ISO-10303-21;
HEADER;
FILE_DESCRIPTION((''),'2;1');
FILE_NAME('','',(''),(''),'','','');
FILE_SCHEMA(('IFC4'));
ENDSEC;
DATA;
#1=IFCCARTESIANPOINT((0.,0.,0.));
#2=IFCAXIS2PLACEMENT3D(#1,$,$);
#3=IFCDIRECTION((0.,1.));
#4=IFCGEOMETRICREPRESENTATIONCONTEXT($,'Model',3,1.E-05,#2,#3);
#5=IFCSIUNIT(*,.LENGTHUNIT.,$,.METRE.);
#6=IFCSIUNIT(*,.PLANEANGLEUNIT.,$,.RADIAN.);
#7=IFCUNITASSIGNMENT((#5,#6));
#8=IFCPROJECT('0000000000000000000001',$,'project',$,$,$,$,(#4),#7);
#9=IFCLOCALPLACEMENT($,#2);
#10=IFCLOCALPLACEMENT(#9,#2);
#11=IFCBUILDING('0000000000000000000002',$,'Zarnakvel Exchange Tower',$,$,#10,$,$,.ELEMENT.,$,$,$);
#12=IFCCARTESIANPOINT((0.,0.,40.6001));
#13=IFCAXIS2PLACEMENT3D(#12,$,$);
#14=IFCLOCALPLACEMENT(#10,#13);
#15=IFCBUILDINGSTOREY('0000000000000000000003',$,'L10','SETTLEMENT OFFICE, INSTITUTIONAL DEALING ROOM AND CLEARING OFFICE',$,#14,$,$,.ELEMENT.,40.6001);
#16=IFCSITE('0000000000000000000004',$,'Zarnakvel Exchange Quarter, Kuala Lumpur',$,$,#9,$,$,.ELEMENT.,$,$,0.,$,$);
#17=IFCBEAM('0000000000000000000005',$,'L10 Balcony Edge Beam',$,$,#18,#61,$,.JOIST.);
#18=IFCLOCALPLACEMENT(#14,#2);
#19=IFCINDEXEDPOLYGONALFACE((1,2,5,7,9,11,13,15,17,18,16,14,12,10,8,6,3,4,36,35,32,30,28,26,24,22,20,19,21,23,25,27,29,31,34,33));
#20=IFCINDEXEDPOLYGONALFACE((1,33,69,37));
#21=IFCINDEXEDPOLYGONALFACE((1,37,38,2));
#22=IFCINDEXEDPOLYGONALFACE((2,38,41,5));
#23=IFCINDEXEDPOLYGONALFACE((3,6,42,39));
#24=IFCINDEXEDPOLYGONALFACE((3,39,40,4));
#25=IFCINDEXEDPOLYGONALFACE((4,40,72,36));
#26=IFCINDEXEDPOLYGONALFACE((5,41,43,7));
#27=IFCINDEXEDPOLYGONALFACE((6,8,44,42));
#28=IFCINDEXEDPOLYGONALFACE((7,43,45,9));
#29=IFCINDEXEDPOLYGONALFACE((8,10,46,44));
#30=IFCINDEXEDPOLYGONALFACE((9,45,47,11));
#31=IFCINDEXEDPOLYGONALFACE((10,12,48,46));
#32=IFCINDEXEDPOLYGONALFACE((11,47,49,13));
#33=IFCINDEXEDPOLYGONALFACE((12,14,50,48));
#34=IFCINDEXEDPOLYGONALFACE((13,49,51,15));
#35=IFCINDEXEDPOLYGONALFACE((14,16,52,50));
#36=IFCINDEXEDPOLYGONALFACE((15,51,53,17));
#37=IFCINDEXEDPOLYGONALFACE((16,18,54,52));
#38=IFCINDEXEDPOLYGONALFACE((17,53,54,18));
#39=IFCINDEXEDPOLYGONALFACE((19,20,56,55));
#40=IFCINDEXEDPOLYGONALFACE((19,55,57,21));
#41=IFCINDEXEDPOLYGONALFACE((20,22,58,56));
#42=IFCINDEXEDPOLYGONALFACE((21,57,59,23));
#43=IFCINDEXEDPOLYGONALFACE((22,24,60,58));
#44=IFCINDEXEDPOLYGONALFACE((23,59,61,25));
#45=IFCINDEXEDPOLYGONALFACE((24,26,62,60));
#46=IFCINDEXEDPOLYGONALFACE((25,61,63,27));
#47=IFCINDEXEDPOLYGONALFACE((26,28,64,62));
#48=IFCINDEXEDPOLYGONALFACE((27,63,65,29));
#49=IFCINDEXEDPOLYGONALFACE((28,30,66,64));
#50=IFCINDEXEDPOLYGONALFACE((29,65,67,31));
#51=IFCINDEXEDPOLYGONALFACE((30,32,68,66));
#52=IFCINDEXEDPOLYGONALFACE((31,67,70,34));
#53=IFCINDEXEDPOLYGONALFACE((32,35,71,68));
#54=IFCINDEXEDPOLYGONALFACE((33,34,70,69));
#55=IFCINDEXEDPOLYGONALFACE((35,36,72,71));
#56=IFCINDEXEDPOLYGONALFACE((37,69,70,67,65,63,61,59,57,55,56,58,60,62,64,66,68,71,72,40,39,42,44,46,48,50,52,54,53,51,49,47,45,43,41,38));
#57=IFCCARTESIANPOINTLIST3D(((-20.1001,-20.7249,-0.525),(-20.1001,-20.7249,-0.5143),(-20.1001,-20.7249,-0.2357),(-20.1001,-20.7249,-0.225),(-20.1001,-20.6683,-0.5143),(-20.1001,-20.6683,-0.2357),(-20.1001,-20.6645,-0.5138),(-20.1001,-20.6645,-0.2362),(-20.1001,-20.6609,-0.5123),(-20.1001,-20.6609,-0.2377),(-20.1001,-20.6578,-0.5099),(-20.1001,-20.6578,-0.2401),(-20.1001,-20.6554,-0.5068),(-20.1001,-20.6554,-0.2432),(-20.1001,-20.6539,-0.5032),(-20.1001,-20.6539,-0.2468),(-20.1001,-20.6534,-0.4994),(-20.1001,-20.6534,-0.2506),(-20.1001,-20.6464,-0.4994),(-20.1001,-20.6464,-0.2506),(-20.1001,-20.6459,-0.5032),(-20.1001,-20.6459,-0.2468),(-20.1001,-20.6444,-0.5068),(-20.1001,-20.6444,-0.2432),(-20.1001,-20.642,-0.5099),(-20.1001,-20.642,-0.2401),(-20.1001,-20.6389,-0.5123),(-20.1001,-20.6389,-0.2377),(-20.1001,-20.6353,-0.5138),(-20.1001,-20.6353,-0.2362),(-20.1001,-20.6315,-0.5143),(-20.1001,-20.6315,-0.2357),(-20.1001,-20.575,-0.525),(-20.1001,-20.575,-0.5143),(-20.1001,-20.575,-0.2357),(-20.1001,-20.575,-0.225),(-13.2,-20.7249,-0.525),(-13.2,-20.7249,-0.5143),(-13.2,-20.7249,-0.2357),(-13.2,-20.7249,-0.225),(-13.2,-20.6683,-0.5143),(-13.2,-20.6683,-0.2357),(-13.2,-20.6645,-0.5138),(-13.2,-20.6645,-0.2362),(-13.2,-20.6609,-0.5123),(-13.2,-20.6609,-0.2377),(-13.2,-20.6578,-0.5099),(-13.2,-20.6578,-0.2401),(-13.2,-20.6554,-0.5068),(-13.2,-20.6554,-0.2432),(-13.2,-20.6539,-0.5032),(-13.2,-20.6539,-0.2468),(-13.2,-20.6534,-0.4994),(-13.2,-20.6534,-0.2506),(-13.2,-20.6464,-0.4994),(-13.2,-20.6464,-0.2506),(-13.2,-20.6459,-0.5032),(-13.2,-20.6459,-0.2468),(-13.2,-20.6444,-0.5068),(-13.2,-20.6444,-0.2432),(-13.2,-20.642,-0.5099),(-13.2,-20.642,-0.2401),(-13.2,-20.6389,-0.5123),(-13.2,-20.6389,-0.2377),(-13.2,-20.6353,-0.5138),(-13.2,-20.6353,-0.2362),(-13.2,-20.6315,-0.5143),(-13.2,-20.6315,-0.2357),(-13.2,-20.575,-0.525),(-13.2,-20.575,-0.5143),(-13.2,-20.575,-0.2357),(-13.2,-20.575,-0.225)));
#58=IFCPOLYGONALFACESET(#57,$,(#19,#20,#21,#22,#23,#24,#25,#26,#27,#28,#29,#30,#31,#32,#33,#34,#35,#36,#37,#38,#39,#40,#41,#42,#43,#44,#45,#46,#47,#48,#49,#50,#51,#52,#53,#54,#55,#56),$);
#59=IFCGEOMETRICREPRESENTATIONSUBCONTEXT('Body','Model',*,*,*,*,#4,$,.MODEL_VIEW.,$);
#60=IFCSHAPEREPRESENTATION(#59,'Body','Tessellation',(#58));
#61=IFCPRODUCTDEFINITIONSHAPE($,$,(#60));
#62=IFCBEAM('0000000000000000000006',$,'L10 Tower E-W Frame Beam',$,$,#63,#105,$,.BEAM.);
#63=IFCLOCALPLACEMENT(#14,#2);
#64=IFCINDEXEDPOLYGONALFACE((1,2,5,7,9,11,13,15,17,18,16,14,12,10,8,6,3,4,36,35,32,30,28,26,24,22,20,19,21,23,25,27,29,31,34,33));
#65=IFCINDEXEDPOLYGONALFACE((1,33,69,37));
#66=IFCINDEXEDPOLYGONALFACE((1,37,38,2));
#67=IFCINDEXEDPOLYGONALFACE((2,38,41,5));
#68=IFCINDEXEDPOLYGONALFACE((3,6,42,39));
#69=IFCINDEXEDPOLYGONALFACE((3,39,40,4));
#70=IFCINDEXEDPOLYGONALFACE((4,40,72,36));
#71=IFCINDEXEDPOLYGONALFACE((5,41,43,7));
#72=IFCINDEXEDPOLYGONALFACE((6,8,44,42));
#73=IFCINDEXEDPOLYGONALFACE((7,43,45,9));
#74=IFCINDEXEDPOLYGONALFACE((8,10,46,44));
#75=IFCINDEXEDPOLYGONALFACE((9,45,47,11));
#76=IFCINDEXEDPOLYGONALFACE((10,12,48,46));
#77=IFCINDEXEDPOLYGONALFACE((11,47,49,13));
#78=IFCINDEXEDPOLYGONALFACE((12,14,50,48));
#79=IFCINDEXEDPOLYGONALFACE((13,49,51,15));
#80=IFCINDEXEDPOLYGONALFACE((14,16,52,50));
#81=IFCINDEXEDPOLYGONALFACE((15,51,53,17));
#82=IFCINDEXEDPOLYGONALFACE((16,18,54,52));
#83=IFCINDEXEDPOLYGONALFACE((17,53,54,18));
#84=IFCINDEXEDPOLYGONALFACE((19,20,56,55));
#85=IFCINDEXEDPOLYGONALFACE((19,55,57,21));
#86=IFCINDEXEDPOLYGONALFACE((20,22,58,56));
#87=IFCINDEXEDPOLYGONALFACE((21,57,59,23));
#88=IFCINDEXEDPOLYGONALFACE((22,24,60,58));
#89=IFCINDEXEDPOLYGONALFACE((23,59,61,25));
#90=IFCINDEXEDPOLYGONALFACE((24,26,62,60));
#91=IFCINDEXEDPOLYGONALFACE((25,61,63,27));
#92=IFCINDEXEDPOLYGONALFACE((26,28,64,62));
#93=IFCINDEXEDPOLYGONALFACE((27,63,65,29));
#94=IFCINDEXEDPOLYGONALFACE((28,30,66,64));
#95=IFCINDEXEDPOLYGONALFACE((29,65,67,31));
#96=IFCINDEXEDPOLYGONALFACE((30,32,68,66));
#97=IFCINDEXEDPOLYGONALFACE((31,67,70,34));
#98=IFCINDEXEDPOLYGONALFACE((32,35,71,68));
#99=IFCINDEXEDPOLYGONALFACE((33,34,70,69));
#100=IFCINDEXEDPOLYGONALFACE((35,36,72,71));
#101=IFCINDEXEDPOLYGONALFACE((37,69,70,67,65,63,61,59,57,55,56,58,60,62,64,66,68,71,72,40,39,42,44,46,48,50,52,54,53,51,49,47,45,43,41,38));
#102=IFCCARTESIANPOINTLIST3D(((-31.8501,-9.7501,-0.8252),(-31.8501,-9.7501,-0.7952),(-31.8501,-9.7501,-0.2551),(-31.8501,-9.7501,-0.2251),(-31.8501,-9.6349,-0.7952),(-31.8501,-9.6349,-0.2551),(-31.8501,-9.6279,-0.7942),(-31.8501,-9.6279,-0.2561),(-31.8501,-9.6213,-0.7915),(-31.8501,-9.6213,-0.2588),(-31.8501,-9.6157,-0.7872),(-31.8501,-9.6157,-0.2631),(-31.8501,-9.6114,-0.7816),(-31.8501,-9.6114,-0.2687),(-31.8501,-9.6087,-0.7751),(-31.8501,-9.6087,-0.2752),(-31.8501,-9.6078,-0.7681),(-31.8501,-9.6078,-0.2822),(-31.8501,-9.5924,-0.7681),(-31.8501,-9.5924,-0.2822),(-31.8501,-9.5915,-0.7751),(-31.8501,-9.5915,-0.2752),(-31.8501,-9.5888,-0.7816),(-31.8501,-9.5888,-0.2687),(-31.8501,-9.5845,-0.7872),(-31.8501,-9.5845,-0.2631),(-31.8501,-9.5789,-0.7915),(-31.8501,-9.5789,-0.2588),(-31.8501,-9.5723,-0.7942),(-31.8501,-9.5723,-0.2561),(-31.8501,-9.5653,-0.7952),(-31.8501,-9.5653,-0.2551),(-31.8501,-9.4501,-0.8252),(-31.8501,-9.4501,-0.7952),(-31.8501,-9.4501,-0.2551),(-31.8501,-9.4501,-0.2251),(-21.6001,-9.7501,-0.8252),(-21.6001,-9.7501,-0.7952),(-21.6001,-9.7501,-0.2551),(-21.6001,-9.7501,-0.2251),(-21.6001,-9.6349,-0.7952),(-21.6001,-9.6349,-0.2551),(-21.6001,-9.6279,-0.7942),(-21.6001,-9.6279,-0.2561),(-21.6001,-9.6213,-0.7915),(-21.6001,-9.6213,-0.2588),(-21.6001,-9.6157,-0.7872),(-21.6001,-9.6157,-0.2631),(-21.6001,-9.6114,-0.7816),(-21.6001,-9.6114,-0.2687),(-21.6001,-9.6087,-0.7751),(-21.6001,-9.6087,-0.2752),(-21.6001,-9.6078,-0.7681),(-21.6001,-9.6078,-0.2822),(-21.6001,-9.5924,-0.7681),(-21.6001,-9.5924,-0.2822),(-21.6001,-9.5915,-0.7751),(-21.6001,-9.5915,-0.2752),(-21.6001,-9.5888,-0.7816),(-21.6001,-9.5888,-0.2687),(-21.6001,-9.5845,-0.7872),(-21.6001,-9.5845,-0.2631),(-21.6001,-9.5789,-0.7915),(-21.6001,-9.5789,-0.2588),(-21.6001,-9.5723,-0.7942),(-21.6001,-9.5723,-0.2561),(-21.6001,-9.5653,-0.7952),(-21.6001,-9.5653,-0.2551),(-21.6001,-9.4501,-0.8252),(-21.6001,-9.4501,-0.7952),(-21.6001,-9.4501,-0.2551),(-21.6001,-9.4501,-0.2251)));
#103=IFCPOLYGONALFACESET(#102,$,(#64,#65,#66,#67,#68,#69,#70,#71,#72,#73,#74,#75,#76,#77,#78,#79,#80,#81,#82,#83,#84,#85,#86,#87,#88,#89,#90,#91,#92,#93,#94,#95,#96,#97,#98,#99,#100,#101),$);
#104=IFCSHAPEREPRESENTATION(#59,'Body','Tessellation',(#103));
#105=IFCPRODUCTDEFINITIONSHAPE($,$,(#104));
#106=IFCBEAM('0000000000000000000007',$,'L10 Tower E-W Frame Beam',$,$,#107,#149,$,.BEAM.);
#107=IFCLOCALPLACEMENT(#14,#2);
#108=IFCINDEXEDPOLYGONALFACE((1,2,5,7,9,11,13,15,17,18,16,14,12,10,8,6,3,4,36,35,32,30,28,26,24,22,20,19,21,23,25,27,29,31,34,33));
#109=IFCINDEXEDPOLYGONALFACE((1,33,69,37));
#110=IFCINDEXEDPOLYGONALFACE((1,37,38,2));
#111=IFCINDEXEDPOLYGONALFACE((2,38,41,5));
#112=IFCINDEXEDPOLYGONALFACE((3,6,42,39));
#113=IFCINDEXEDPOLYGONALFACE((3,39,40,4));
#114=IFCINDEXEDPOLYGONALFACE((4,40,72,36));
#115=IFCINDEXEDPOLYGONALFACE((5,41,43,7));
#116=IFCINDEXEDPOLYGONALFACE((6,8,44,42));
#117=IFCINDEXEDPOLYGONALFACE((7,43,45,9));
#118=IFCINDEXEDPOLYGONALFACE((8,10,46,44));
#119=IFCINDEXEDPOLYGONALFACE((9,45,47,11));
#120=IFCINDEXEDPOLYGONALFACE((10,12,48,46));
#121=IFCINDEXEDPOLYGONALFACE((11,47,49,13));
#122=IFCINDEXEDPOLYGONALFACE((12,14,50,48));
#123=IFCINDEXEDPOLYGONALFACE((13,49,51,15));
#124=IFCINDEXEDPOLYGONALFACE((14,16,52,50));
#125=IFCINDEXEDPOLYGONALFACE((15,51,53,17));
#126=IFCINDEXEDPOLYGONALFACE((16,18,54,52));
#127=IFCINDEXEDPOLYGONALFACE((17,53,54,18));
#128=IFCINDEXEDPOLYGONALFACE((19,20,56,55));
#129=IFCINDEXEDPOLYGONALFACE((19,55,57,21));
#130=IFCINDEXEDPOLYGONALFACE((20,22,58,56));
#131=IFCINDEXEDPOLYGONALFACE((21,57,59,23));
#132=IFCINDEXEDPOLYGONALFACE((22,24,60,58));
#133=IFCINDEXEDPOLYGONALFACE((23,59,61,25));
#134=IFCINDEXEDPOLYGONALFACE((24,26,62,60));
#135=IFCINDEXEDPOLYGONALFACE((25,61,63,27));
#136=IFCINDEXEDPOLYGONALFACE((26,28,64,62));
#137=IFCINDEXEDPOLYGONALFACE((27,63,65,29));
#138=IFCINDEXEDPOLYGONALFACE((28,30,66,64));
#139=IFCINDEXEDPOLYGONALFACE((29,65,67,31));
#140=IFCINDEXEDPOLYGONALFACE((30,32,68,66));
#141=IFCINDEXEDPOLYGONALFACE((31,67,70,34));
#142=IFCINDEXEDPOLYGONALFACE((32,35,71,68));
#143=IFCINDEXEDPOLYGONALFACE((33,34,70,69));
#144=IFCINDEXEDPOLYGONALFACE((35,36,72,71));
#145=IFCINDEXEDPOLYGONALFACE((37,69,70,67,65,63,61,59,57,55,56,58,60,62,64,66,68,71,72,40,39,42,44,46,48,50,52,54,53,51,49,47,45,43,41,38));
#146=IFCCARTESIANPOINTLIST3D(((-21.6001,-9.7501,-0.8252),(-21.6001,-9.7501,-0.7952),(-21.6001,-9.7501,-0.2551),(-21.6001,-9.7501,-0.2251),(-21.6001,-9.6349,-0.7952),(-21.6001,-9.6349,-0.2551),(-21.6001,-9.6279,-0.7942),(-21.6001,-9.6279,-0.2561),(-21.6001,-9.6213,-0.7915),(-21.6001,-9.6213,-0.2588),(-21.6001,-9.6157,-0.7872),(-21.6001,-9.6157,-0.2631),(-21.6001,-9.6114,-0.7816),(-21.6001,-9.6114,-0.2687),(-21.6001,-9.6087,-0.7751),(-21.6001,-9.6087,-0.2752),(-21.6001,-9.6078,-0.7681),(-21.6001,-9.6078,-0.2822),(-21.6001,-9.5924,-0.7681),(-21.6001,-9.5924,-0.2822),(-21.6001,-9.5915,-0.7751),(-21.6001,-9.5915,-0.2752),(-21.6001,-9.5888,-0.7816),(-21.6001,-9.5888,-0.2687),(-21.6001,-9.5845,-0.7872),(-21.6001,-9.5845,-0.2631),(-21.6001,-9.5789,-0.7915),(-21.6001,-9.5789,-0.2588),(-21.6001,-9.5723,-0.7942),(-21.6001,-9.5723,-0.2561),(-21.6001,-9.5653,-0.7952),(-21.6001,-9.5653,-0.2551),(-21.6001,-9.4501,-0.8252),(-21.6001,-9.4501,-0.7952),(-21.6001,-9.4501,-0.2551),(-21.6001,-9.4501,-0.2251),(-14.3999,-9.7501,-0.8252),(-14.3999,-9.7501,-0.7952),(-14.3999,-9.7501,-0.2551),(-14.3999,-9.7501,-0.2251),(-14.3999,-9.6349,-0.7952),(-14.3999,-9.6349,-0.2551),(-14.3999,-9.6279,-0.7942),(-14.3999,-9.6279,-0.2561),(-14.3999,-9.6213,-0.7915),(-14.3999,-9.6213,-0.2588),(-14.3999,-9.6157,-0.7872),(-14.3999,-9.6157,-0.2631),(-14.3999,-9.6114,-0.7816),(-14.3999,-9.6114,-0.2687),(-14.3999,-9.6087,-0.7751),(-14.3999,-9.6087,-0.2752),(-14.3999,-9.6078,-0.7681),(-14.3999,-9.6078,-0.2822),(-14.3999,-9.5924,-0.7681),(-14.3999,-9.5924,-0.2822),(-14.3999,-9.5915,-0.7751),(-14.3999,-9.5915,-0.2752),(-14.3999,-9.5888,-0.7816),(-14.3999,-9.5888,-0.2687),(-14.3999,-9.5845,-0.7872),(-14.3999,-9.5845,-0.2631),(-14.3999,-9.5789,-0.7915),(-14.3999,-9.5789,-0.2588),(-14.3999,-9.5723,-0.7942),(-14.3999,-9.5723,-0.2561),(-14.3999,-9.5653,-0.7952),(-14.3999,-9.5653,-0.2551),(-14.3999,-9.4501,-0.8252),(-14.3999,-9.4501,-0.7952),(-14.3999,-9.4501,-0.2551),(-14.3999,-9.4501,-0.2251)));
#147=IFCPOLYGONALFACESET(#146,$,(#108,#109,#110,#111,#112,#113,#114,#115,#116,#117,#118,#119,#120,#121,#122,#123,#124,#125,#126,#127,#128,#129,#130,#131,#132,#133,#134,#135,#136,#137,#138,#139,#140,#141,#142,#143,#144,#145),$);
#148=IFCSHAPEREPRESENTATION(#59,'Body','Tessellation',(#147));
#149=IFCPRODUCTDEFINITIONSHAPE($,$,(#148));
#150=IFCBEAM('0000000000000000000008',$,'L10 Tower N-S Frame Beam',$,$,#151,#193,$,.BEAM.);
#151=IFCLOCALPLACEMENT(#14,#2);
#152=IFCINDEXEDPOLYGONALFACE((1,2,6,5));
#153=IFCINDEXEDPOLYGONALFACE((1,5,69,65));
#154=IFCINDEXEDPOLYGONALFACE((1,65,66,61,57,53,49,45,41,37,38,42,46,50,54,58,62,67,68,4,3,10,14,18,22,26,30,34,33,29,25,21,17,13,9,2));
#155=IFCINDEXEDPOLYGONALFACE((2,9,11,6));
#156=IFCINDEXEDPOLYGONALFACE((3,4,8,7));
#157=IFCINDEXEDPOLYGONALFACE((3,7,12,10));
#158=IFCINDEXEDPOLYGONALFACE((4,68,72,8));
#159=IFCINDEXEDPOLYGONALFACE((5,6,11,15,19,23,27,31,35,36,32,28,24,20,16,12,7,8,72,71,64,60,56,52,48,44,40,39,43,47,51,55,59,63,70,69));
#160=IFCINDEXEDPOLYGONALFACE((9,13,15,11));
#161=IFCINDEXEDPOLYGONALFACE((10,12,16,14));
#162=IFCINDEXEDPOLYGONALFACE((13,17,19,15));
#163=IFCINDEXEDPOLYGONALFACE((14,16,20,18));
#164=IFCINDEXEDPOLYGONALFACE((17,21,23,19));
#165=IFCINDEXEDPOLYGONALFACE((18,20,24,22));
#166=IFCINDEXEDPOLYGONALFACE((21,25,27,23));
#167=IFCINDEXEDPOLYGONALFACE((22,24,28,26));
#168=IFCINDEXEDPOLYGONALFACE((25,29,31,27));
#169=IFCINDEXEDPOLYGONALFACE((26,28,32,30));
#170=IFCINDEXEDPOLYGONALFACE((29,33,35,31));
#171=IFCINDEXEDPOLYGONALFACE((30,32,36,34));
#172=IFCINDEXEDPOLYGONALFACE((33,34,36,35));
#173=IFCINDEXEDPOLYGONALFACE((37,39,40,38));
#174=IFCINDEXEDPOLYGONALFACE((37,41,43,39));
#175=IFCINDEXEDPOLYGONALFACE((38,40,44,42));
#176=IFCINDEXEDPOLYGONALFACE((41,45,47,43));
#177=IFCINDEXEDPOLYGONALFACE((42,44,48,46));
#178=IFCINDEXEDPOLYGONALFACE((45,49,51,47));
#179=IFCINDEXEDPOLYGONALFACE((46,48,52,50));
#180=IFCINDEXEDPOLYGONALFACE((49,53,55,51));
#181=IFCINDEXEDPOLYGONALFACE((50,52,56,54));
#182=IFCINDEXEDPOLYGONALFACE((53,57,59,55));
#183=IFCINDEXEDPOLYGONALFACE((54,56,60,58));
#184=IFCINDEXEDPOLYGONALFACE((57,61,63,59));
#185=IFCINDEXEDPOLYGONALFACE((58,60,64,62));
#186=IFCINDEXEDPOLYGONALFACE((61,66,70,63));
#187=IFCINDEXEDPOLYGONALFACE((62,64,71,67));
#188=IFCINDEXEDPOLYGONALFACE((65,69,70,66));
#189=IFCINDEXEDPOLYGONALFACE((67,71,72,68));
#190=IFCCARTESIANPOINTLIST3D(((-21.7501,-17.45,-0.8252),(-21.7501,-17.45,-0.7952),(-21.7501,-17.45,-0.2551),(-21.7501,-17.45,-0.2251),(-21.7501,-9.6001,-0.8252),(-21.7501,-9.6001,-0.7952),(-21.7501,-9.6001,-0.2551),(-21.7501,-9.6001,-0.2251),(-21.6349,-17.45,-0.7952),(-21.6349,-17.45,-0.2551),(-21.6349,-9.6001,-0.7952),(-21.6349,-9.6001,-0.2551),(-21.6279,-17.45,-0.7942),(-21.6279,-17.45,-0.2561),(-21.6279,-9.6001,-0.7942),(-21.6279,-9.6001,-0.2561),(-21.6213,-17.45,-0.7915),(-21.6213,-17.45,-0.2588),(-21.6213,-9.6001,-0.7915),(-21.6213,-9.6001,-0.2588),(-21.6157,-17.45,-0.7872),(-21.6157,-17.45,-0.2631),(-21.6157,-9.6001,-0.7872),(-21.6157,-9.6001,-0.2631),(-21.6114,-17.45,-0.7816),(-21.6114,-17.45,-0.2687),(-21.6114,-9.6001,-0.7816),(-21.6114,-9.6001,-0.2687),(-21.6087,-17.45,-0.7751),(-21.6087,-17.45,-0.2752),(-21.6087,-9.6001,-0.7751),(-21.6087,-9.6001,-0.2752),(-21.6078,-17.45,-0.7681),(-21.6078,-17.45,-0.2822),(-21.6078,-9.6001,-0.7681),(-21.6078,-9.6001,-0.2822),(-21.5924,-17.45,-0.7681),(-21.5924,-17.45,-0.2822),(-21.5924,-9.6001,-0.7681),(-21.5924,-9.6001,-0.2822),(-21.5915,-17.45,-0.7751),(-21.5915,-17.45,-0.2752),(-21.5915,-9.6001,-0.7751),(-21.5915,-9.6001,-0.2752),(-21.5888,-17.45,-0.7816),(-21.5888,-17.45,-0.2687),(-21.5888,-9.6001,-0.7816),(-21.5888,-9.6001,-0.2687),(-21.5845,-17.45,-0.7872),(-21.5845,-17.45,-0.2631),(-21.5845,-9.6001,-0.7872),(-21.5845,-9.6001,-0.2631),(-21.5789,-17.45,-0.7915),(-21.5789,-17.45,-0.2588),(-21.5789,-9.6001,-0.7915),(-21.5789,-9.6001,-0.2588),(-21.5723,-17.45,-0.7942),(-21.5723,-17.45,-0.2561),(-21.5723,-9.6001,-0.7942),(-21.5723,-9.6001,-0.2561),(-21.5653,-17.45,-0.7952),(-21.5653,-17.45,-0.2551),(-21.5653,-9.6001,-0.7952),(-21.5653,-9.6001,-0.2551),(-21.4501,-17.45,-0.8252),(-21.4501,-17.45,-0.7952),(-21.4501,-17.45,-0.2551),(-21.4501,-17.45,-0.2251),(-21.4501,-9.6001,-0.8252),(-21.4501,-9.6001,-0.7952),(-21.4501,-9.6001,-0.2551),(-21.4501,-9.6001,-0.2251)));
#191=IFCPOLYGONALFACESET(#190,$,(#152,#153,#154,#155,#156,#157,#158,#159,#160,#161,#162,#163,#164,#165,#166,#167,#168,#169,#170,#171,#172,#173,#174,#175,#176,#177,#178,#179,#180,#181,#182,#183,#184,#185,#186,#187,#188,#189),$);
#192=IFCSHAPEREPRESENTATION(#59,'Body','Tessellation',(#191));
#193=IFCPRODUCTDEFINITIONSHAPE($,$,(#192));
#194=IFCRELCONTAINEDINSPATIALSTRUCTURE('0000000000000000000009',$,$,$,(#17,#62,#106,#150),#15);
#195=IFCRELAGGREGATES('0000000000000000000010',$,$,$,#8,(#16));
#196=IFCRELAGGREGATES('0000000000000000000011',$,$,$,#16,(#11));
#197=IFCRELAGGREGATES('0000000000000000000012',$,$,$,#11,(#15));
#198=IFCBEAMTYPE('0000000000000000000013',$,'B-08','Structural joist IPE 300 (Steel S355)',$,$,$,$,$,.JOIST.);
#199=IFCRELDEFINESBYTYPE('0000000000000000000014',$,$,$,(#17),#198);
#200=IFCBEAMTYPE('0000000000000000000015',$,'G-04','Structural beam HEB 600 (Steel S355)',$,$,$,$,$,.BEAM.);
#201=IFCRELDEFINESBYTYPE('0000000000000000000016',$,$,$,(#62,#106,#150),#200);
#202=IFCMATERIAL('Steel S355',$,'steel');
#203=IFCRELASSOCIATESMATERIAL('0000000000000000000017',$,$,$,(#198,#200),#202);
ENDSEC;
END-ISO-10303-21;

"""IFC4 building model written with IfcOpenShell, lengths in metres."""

from ifc_helpers import new_model, si_unit, direction, frame, origin, origin_2d, place, context, subcontext, project, spatial, i_section, extrude, material, material_profile, profile_set, type_object, element, save


model = new_model("IFC4")

# Units and contexts
model_context = context("Model", 3, precision=1e-05, world=origin(), true_north=direction((0.0, 1.0)))
body_context = subcontext(model_context, "Body", "Model", "MODEL_VIEW")
ifc_project = project(units=[si_unit("LENGTHUNIT", "METRE"), si_unit("PLANEANGLEUNIT", "RADIAN")], contexts=[model_context])

# Site, building, storey
site_placement = place(None, origin())
site = spatial("IfcSite", under=ifc_project, at=site_placement, Name="Zarnakvel Exchange Quarter, Kuala Lumpur", CompositionType="ELEMENT", RefElevation=0.0)
building_placement = place(site_placement, origin())
building = spatial("IfcBuilding", under=site, at=building_placement, Name="Zarnakvel Exchange Tower", CompositionType="ELEMENT")
storey_placement = place(building_placement, frame((0.0, 0.0, 40.6001)))
storey = spatial("IfcBuildingStorey", under=building, at=storey_placement, Name="L10", Description="SETTLEMENT OFFICE, INSTITUTIONAL DEALING ROOM AND CLEARING OFFICE", CompositionType="ELEMENT", Elevation=40.6001)

# Shared definitions
ifc_material_1 = material(Name="Steel S355", Category="steel")

# Beams
ifc_material_profile_1 = material_profile(ifc_material_1, i_section(OverallWidth=0.1499, OverallDepth=0.3, WebThickness=0.0071, FlangeThickness=0.0107, FilletRadius=0.0149, at=origin_2d()))
ifc_profile_set_1 = profile_set([ifc_material_profile_1], Name="Steel S355")
beam_type_1 = type_object("IfcBeamType", Name="B-08", Description="Structural joist IPE 300 (Steel S355)", PredefinedType="JOIST", material=ifc_profile_set_1)
beam_1_placement = place(storey_placement, frame((-20.1001, -20.6499, -0.375), z_axis=(1.0, 0.0, 0.0), x_axis=(0.0, 1.0, 0.0)))
element("IfcBeam", 1, at=beam_1_placement, inside=storey, type_object=beam_type_1, Name="L10 Balcony Edge Beam", PredefinedType="JOIST", context=body_context, shape_type="SweptSolid", body=[
    extrude(i_section(OverallWidth=0.1499, OverallDepth=0.3, WebThickness=0.0071, FlangeThickness=0.0107, FilletRadius=0.0149, at=origin_2d()), origin(), (0.0, 0.0, 1.0), 6.9001),
])
ifc_material_profile_2 = material_profile(ifc_material_1, i_section(OverallWidth=0.3, OverallDepth=0.6001, WebThickness=0.0154, FlangeThickness=0.03, FilletRadius=0.0271, at=origin_2d()))
ifc_profile_set_2 = profile_set([ifc_material_profile_2], Name="Steel S355")
beam_type_2 = type_object("IfcBeamType", Name="G-04", Description="Structural beam HEB 600 (Steel S355)", PredefinedType="BEAM", material=ifc_profile_set_2)
beam_2_placement = place(storey_placement, frame((-31.8501, -9.6001, -0.5251), z_axis=(1.0, 0.0, 0.0), x_axis=(0.0, 1.0, 0.0)))
element("IfcBeam", 2, at=beam_2_placement, inside=storey, type_object=beam_type_2, Name="L10 Tower E-W Frame Beam", PredefinedType="BEAM", context=body_context, shape_type="SweptSolid", body=[
    extrude(i_section(OverallWidth=0.3, OverallDepth=0.6001, WebThickness=0.0154, FlangeThickness=0.03, FilletRadius=0.0271, at=origin_2d()), origin(), (0.0, 0.0, 1.0), 10.25),
])
beam_3_placement = place(storey_placement, frame((-21.6001, -9.6001, -0.5251), z_axis=(1.0, 0.0, 0.0), x_axis=(0.0, 1.0, 0.0)))
element("IfcBeam", 3, at=beam_3_placement, inside=storey, type_object=beam_type_2, Name="L10 Tower E-W Frame Beam", PredefinedType="BEAM", context=body_context, shape_type="SweptSolid", body=[
    extrude(i_section(OverallWidth=0.3, OverallDepth=0.6001, WebThickness=0.0154, FlangeThickness=0.03, FilletRadius=0.0271, at=origin_2d()), origin(), (0.0, 0.0, 1.0), 7.2002),
])
beam_4_placement = place(storey_placement, frame((-21.6001, -17.45, -0.5251), z_axis=(0.0, 1.0, 0.0), x_axis=(-1.0, 0.0, 0.0)))
element("IfcBeam", 4, at=beam_4_placement, inside=storey, type_object=beam_type_2, Name="L10 Tower N-S Frame Beam", PredefinedType="BEAM", context=body_context, shape_type="SweptSolid", body=[
    extrude(i_section(OverallWidth=0.3, OverallDepth=0.6001, WebThickness=0.0154, FlangeThickness=0.03, FilletRadius=0.0271, at=origin_2d()), origin(), (0.0, 0.0, 1.0), 7.8499),
])

save(model, "model.ifc")
